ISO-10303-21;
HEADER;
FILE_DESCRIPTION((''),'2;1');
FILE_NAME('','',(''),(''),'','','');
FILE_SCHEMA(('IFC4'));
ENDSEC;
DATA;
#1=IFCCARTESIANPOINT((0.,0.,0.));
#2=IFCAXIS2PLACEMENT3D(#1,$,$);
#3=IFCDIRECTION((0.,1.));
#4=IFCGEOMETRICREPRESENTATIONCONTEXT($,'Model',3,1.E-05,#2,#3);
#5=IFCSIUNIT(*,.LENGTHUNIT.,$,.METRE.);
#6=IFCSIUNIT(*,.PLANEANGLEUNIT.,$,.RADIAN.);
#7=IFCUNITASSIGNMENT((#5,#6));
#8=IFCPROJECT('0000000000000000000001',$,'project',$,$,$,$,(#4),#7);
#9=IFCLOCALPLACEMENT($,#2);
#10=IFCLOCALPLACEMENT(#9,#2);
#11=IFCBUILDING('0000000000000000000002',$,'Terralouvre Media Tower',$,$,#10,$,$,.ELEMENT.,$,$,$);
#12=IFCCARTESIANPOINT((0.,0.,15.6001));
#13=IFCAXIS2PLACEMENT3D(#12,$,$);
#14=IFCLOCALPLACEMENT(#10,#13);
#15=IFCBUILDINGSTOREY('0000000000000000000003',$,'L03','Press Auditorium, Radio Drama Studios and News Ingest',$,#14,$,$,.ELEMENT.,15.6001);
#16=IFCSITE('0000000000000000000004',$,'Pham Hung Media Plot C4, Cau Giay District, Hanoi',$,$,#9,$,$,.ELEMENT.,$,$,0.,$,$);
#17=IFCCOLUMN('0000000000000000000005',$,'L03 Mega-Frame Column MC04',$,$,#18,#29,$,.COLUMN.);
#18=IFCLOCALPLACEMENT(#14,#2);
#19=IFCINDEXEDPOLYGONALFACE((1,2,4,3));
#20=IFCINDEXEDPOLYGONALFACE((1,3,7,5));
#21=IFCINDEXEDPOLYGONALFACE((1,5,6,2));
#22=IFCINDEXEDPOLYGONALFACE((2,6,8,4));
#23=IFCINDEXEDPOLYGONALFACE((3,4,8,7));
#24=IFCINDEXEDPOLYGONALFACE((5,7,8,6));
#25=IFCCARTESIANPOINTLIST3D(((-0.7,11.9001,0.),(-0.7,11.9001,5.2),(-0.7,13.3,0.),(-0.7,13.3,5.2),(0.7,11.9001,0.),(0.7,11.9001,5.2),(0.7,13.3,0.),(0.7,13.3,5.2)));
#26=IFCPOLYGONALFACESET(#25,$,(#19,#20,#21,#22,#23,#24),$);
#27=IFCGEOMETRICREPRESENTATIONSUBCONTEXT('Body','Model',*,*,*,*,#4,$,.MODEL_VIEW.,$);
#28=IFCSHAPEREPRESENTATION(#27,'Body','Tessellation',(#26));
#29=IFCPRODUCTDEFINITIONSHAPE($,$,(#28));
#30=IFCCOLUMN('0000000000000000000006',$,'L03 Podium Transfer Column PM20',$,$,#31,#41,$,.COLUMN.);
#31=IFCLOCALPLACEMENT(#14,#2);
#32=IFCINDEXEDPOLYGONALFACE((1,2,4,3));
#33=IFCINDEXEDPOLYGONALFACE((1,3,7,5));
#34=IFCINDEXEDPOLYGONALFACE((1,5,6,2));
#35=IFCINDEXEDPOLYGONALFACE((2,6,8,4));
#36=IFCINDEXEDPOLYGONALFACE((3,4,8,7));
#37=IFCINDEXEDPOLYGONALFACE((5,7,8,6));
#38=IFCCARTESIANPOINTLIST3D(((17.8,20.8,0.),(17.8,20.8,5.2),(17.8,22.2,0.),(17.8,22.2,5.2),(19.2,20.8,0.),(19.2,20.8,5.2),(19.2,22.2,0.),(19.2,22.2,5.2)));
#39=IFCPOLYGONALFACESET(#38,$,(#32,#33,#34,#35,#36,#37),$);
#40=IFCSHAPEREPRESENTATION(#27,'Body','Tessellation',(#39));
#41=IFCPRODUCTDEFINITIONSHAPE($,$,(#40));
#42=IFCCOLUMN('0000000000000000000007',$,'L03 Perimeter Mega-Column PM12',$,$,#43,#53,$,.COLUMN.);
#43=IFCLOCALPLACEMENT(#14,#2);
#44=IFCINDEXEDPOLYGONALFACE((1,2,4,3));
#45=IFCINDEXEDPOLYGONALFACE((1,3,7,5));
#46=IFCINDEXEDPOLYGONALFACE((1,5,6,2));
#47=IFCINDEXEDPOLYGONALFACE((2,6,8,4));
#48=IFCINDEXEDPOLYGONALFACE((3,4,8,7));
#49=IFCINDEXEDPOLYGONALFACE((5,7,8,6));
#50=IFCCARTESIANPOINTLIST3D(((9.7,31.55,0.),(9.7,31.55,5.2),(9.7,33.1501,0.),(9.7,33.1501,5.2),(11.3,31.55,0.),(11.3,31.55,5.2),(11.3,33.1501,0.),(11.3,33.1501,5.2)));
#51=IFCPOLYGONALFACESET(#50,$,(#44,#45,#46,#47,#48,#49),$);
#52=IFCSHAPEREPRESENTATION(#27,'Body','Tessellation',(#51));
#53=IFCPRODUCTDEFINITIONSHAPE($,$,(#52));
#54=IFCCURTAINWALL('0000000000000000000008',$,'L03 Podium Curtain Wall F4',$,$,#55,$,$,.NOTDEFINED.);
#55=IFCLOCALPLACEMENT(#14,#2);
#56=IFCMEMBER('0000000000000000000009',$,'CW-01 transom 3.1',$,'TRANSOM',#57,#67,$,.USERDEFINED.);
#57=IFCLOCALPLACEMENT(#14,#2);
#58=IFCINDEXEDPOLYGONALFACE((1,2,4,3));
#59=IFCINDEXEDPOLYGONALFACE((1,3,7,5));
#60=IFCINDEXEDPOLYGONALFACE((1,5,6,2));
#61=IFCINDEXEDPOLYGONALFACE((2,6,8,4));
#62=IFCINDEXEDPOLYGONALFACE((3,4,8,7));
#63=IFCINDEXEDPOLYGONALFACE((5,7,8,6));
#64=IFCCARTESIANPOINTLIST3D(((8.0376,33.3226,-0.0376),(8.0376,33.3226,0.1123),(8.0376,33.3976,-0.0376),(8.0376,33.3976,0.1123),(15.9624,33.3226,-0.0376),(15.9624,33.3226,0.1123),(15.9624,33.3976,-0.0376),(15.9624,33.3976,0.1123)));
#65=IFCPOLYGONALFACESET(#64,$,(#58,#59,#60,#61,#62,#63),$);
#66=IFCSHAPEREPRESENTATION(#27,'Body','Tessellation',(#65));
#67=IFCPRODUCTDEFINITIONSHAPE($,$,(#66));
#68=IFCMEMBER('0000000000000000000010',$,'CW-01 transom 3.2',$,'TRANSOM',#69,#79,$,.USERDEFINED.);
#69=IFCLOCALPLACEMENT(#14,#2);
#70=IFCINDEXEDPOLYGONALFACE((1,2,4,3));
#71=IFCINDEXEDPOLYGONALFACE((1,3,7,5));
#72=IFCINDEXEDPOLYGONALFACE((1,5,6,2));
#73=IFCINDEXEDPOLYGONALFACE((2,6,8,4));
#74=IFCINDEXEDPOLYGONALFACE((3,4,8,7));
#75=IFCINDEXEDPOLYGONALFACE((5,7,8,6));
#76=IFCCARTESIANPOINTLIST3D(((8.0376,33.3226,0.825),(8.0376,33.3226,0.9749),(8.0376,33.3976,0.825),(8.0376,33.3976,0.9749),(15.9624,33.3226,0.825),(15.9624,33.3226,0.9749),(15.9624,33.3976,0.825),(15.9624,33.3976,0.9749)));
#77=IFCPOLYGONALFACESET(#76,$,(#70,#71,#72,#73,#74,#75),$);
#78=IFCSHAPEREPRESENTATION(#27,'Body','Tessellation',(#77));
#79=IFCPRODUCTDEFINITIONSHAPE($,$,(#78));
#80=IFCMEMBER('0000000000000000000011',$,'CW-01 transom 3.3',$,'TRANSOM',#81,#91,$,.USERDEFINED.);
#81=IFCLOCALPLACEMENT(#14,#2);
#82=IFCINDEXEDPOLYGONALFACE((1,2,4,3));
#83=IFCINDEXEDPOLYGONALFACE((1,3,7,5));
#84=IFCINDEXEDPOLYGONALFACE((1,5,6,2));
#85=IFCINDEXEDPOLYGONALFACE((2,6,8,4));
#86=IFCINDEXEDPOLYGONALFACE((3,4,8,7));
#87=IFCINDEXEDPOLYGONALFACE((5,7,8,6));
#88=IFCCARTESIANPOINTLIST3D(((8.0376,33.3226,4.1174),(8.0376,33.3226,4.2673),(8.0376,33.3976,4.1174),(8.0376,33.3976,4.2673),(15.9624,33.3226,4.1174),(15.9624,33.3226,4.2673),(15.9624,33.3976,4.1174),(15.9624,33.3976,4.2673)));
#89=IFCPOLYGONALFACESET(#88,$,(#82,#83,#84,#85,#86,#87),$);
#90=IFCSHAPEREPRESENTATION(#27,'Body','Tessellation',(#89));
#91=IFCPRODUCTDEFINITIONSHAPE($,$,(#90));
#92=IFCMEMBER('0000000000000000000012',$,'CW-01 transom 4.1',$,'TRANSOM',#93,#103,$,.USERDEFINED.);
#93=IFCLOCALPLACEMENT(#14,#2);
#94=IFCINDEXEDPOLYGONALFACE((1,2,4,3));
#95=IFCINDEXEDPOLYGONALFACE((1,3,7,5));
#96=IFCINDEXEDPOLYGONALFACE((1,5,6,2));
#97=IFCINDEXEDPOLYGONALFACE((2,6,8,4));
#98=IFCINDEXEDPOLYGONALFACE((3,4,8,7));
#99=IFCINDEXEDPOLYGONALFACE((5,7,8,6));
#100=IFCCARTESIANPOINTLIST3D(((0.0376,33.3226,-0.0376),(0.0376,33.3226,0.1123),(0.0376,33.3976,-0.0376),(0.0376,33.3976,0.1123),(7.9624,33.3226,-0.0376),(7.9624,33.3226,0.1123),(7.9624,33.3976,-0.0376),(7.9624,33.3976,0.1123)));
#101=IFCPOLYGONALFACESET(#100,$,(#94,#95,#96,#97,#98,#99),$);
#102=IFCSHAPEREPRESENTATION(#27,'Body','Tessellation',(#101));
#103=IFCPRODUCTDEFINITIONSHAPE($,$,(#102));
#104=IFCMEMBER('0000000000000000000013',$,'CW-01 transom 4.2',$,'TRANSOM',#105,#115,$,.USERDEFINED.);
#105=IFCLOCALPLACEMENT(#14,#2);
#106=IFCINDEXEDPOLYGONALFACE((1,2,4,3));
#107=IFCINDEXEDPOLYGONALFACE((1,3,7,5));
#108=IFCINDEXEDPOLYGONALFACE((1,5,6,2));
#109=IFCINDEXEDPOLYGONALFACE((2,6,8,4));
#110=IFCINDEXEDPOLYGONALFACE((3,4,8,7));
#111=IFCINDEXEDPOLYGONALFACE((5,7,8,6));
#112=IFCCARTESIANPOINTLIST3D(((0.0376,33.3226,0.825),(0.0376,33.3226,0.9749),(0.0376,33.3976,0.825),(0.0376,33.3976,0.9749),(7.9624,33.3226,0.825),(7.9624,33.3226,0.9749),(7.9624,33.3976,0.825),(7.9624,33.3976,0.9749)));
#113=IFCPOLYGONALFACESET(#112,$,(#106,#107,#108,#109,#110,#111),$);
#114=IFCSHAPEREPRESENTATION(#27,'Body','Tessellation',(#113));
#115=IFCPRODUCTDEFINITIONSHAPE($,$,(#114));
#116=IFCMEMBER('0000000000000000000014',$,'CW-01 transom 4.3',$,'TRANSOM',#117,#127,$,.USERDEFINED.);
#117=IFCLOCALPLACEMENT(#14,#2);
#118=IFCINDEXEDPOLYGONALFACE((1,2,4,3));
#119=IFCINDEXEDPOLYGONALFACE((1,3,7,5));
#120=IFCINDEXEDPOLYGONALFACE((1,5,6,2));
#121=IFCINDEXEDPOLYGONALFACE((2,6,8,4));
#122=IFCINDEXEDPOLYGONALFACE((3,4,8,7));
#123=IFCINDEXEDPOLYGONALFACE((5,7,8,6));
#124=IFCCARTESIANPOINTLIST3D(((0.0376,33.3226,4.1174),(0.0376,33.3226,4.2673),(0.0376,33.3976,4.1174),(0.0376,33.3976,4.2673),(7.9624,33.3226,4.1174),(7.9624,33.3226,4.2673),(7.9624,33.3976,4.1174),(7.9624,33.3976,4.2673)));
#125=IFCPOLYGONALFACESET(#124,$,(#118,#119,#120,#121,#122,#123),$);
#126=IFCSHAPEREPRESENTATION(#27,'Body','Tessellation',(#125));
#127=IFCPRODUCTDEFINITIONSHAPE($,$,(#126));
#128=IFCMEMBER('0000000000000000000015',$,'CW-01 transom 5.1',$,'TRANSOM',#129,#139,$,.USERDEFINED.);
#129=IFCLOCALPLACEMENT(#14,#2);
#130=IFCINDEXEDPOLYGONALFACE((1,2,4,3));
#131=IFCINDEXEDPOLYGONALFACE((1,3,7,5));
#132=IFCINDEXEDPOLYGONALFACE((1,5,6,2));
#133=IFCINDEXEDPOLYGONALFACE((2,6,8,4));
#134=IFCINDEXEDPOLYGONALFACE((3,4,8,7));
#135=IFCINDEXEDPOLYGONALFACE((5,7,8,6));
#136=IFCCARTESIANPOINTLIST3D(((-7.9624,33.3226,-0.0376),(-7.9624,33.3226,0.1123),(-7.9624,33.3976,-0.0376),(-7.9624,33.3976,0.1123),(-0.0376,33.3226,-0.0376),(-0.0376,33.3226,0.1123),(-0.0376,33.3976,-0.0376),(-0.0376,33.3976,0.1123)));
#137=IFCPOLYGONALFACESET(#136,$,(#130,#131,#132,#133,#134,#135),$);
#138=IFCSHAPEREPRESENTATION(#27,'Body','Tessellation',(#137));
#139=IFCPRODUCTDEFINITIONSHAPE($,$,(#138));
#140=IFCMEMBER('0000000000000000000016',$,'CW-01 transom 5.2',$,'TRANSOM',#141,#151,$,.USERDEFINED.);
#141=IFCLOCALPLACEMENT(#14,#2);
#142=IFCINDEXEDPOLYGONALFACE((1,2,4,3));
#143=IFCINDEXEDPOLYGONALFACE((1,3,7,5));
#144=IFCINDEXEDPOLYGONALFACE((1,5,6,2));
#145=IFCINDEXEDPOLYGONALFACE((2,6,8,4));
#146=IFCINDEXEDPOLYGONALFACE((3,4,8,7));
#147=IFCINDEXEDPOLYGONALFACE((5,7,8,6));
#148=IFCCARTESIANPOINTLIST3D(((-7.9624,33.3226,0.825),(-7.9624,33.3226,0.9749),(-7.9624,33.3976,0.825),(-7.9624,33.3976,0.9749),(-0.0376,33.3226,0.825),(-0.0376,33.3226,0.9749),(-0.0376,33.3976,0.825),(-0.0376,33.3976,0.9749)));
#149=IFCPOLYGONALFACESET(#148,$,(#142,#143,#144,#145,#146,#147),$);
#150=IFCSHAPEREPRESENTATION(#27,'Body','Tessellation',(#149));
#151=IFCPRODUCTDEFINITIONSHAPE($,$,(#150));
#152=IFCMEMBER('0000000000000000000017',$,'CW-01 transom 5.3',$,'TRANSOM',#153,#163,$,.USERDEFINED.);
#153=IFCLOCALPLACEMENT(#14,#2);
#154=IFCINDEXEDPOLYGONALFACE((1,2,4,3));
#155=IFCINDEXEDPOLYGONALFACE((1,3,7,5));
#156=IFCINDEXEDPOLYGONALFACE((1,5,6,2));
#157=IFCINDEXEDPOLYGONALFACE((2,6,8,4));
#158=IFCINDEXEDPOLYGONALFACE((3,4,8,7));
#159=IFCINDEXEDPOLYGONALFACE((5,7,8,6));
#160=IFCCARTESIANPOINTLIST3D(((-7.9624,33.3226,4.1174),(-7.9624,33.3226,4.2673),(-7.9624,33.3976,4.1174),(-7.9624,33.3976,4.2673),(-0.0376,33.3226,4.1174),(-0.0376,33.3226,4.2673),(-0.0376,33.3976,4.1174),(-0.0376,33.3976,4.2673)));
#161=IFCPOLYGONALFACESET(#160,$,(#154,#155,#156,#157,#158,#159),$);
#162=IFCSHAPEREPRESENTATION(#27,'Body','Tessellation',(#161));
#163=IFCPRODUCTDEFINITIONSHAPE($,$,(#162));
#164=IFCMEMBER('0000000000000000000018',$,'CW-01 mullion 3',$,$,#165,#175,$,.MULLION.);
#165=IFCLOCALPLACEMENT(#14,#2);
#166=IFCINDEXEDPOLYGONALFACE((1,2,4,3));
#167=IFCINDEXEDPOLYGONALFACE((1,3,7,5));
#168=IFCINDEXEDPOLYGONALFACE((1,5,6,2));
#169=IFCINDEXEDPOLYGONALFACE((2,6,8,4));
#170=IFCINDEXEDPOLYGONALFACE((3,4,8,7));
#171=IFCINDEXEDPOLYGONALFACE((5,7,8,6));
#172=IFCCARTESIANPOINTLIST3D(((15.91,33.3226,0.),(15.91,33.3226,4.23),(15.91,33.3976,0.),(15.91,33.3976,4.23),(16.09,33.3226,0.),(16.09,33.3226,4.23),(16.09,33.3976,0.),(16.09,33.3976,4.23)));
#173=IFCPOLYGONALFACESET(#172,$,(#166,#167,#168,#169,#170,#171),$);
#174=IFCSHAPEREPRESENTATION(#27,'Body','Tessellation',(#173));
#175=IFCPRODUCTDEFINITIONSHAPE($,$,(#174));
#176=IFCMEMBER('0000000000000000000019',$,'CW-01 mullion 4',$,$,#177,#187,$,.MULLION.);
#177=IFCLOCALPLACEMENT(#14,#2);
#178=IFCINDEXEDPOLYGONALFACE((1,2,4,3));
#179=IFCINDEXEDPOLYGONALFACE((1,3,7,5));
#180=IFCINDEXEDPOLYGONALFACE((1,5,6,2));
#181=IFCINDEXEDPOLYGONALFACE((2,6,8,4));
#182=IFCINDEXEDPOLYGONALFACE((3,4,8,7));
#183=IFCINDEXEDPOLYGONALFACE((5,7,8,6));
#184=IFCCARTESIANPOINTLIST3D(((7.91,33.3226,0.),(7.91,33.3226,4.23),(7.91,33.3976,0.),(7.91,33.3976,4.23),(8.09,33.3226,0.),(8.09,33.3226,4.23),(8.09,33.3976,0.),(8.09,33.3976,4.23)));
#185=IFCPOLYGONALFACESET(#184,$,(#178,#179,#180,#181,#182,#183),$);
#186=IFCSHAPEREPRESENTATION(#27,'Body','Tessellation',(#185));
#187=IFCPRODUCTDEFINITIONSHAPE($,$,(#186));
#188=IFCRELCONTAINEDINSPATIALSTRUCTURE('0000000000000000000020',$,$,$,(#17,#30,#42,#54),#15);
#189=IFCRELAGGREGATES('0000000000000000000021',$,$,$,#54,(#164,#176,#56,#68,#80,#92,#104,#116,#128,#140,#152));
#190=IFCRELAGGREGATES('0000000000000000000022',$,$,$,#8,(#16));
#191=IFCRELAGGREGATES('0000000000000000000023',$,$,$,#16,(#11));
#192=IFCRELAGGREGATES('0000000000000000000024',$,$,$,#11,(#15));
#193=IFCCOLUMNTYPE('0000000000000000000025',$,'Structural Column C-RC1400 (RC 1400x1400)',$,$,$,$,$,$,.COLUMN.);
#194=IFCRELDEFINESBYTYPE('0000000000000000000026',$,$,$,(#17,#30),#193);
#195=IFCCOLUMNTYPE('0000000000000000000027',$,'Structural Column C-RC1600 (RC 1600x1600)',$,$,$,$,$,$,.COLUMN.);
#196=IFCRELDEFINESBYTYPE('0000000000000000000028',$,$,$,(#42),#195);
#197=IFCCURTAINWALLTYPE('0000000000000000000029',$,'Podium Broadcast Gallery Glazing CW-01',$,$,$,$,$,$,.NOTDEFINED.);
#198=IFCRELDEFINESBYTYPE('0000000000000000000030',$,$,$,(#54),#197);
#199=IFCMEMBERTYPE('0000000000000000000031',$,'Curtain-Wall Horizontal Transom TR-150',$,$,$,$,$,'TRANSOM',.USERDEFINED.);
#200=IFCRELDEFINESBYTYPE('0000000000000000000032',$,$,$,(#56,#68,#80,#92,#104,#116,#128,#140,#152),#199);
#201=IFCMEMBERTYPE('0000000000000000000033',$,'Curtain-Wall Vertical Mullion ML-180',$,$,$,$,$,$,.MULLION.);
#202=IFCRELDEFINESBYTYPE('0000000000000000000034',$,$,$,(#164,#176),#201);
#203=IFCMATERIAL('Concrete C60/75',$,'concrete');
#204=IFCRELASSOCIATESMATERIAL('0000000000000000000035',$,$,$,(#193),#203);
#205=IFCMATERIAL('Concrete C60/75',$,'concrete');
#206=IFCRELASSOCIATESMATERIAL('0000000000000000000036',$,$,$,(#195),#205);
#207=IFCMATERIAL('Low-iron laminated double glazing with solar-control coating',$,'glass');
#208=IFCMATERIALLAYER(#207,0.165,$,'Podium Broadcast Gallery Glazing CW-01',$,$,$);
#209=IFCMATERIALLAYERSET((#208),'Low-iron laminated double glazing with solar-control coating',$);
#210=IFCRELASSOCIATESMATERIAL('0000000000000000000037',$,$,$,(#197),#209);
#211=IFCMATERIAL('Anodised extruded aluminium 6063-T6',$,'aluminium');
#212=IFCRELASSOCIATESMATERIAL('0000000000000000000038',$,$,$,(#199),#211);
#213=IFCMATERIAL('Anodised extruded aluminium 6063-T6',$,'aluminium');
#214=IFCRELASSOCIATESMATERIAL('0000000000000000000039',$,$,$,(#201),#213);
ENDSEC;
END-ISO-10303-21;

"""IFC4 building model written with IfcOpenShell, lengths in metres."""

from ifc_helpers import new_model, si_unit, direction, frame, origin, origin_2d, place, context, subcontext, project, spatial, rectangle, extrude, material, layer, layer_set, material_profile, profile_set, type_object, element, aggregate, save


model = new_model("IFC4")

# Units and contexts
model_context = context("Model", 3, precision=1e-05, world=origin(), true_north=direction((0.0, 1.0)))
body_context = subcontext(model_context, "Body", "Model", "MODEL_VIEW")
ifc_project = project(units=[si_unit("LENGTHUNIT", "METRE"), si_unit("PLANEANGLEUNIT", "RADIAN")], contexts=[model_context])

# Site, building, storey
site_placement = place(None, origin())
site = spatial("IfcSite", under=ifc_project, at=site_placement, Name="Pham Hung Media Plot C4, Cau Giay District, Hanoi", CompositionType="ELEMENT", RefElevation=0.0)
building_placement = place(site_placement, origin())
building = spatial("IfcBuilding", under=site, at=building_placement, Name="Terralouvre Media Tower", CompositionType="ELEMENT")
storey_placement = place(building_placement, frame((0.0, 0.0, 15.6001)))
storey = spatial("IfcBuildingStorey", under=building, at=storey_placement, Name="L03", Description="Press Auditorium, Radio Drama Studios and News Ingest", CompositionType="ELEMENT", Elevation=15.6001)

# Columns
ifc_material_1 = material(Name="Concrete C60/75", Category="concrete")
ifc_material_profile_1 = material_profile(ifc_material_1, rectangle(XDim=1.3999, YDim=1.3999, at=origin_2d()), Name="RC 1400x1400")
ifc_profile_set_1 = profile_set([ifc_material_profile_1], Name="Concrete C60/75")
column_type_1 = type_object("IfcColumnType", Name="Structural Column C-RC1400 (RC 1400x1400)", PredefinedType="COLUMN", material=ifc_profile_set_1)
for number, where, z_axis, x_axis, name in (
    (1, (0.0, 12.6001, 0.0), (0.0, 0.0, 1.0), (1.0, 0.0, 0.0), "L03 Mega-Frame Column MC04"),
    (2, (18.5, 21.5, 0.0), (0.0, 0.0, 1.0), (1.0, 0.0, 0.0), "L03 Podium Transfer Column PM20"),
):
    element("IfcColumn", number, at=place(storey_placement, frame(where, z_axis=z_axis, x_axis=x_axis)), inside=storey, type_object=column_type_1, Name=name, PredefinedType="COLUMN", context=body_context, shape_type="SweptSolid", body=[
        extrude(rectangle(XDim=1.3999, YDim=1.3999, at=origin_2d()), origin(), (0.0, 0.0, 1.0), 5.2),
    ])
ifc_material_2 = material(Name="Concrete C60/75", Category="concrete")
ifc_material_profile_2 = material_profile(ifc_material_2, rectangle(XDim=1.6001, YDim=1.6001, at=origin_2d()), Name="RC 1600x1600")
ifc_profile_set_2 = profile_set([ifc_material_profile_2], Name="Concrete C60/75")
column_type_2 = type_object("IfcColumnType", Name="Structural Column C-RC1600 (RC 1600x1600)", PredefinedType="COLUMN", material=ifc_profile_set_2)
column_placement = place(storey_placement, frame((10.5, 32.3501, 0.0), z_axis=(0.0, 0.0, 1.0), x_axis=(1.0, 0.0, 0.0)))
element("IfcColumn", 3, at=column_placement, inside=storey, type_object=column_type_2, Name="L03 Perimeter Mega-Column PM12", PredefinedType="COLUMN", context=body_context, shape_type="SweptSolid", body=[
    extrude(rectangle(XDim=1.6001, YDim=1.6001, at=origin_2d()), origin(), (0.0, 0.0, 1.0), 5.2),
])

# Curtain wall, members
ifc_material_3 = material(Name="Low-iron laminated double glazing with solar-control coating", Category="glass")
ifc_layer_1 = layer(ifc_material_3, 0.165, Name="Podium Broadcast Gallery Glazing CW-01")
ifc_layer_set_1 = layer_set([ifc_layer_1], Name="Low-iron laminated double glazing with solar-control coating")
curtain_wall_type = type_object("IfcCurtainWallType", Name="Podium Broadcast Gallery Glazing CW-01", PredefinedType="NOTDEFINED", material=ifc_layer_set_1)
curtain_wall_placement = place(storey_placement, origin())
curtain_wall = element("IfcCurtainWall", 4, at=curtain_wall_placement, inside=storey, type_object=curtain_wall_type, Name="L03 Podium Curtain Wall F4", PredefinedType="NOTDEFINED")
ifc_material_4 = material(Name="Anodised extruded aluminium 6063-T6", Category="aluminium")
ifc_material_profile_3 = material_profile(ifc_material_4, rectangle(XDim=0.075, YDim=0.1499, at=origin_2d()), Name="ALU 75x150")
ifc_profile_set_3 = profile_set([ifc_material_profile_3], Name="Anodised extruded aluminium 6063-T6")
member_type_1 = type_object("IfcMemberType", Name="Curtain-Wall Horizontal Transom TR-150", ElementType="TRANSOM", PredefinedType="USERDEFINED", material=ifc_profile_set_3)
member_1_placement = place(storey_placement, frame((15.9624, 33.3601, 0.0374), z_axis=(-1.0, 0.0, 0.0), x_axis=(0.0, -1.0, 0.0)))
member_1 = element("IfcMember", 5, at=member_1_placement, type_object=member_type_1, Name="CW-01 transom 3.1", ObjectType="TRANSOM", PredefinedType="USERDEFINED", context=body_context, shape_type="SweptSolid", body=[
    extrude(rectangle(XDim=0.075, YDim=0.1499, at=origin_2d()), origin(), (0.0, 0.0, 1.0), 7.9248),
])
member_2_placement = place(storey_placement, frame((15.9624, 33.3601, 0.8999), z_axis=(-1.0, 0.0, 0.0), x_axis=(0.0, -1.0, 0.0)))
member_2 = element("IfcMember", 6, at=member_2_placement, type_object=member_type_1, Name="CW-01 transom 3.2", ObjectType="TRANSOM", PredefinedType="USERDEFINED", context=body_context, shape_type="SweptSolid", body=[
    extrude(rectangle(XDim=0.075, YDim=0.1499, at=origin_2d()), origin(), (0.0, 0.0, 1.0), 7.9248),
])
member_3_placement = place(storey_placement, frame((15.9624, 33.3601, 4.1924), z_axis=(-1.0, 0.0, 0.0), x_axis=(0.0, -1.0, 0.0)))
member_3 = element("IfcMember", 7, at=member_3_placement, type_object=member_type_1, Name="CW-01 transom 3.3", ObjectType="TRANSOM", PredefinedType="USERDEFINED", context=body_context, shape_type="SweptSolid", body=[
    extrude(rectangle(XDim=0.075, YDim=0.1499, at=origin_2d()), origin(), (0.0, 0.0, 1.0), 7.9248),
])
member_4_placement = place(storey_placement, frame((7.9624, 33.3601, 0.0374), z_axis=(-1.0, 0.0, 0.0), x_axis=(0.0, -1.0, 0.0)))
member_4 = element("IfcMember", 8, at=member_4_placement, type_object=member_type_1, Name="CW-01 transom 4.1", ObjectType="TRANSOM", PredefinedType="USERDEFINED", context=body_context, shape_type="SweptSolid", body=[
    extrude(rectangle(XDim=0.075, YDim=0.1499, at=origin_2d()), origin(), (0.0, 0.0, 1.0), 7.9248),
])
member_5_placement = place(storey_placement, frame((7.9624, 33.3601, 0.8999), z_axis=(-1.0, 0.0, 0.0), x_axis=(0.0, -1.0, 0.0)))
member_5 = element("IfcMember", 9, at=member_5_placement, type_object=member_type_1, Name="CW-01 transom 4.2", ObjectType="TRANSOM", PredefinedType="USERDEFINED", context=body_context, shape_type="SweptSolid", body=[
    extrude(rectangle(XDim=0.075, YDim=0.1499, at=origin_2d()), origin(), (0.0, 0.0, 1.0), 7.9248),
])
member_6_placement = place(storey_placement, frame((7.9624, 33.3601, 4.1924), z_axis=(-1.0, 0.0, 0.0), x_axis=(0.0, -1.0, 0.0)))
member_6 = element("IfcMember", 10, at=member_6_placement, type_object=member_type_1, Name="CW-01 transom 4.3", ObjectType="TRANSOM", PredefinedType="USERDEFINED", context=body_context, shape_type="SweptSolid", body=[
    extrude(rectangle(XDim=0.075, YDim=0.1499, at=origin_2d()), origin(), (0.0, 0.0, 1.0), 7.9248),
])
member_7_placement = place(storey_placement, frame((-0.0376, 33.3601, 0.0374), z_axis=(-1.0, 0.0, 0.0), x_axis=(0.0, -1.0, 0.0)))
member_7 = element("IfcMember", 11, at=member_7_placement, type_object=member_type_1, Name="CW-01 transom 5.1", ObjectType="TRANSOM", PredefinedType="USERDEFINED", context=body_context, shape_type="SweptSolid", body=[
    extrude(rectangle(XDim=0.075, YDim=0.1499, at=origin_2d()), origin(), (0.0, 0.0, 1.0), 7.9248),
])
member_8_placement = place(storey_placement, frame((-0.0376, 33.3601, 0.8999), z_axis=(-1.0, 0.0, 0.0), x_axis=(0.0, -1.0, 0.0)))
member_8 = element("IfcMember", 12, at=member_8_placement, type_object=member_type_1, Name="CW-01 transom 5.2", ObjectType="TRANSOM", PredefinedType="USERDEFINED", context=body_context, shape_type="SweptSolid", body=[
    extrude(rectangle(XDim=0.075, YDim=0.1499, at=origin_2d()), origin(), (0.0, 0.0, 1.0), 7.9248),
])
member_9_placement = place(storey_placement, frame((-0.0376, 33.3601, 4.1924), z_axis=(-1.0, 0.0, 0.0), x_axis=(0.0, -1.0, 0.0)))
member_9 = element("IfcMember", 13, at=member_9_placement, type_object=member_type_1, Name="CW-01 transom 5.3", ObjectType="TRANSOM", PredefinedType="USERDEFINED", context=body_context, shape_type="SweptSolid", body=[
    extrude(rectangle(XDim=0.075, YDim=0.1499, at=origin_2d()), origin(), (0.0, 0.0, 1.0), 7.9248),
])
ifc_material_5 = material(Name="Anodised extruded aluminium 6063-T6", Category="aluminium")
ifc_material_profile_4 = material_profile(ifc_material_5, rectangle(XDim=0.075, YDim=0.1799, at=origin_2d()), Name="ALU 75x180")
ifc_profile_set_4 = profile_set([ifc_material_profile_4], Name="Anodised extruded aluminium 6063-T6")
member_type_2 = type_object("IfcMemberType", Name="Curtain-Wall Vertical Mullion ML-180", PredefinedType="MULLION", material=ifc_profile_set_4)
member_10_placement = place(storey_placement, frame((16.0, 33.3601, 0.0), z_axis=(0.0, 0.0, 1.0), x_axis=(0.0, -1.0, 0.0)))
member_10 = element("IfcMember", 14, at=member_10_placement, type_object=member_type_2, Name="CW-01 mullion 3", PredefinedType="MULLION", context=body_context, shape_type="SweptSolid", body=[
    extrude(rectangle(XDim=0.075, YDim=0.1799, at=origin_2d()), origin(), (0.0, 0.0, 1.0), 4.23),
])
member_11_placement = place(storey_placement, frame((8.0, 33.3601, 0.0), z_axis=(0.0, 0.0, 1.0), x_axis=(0.0, -1.0, 0.0)))
member_11 = element("IfcMember", 15, at=member_11_placement, type_object=member_type_2, Name="CW-01 mullion 4", PredefinedType="MULLION", context=body_context, shape_type="SweptSolid", body=[
    extrude(rectangle(XDim=0.075, YDim=0.1799, at=origin_2d()), origin(), (0.0, 0.0, 1.0), 4.23),
])

aggregate(curtain_wall, [member_10, member_11, member_1, member_2, member_3, member_4, member_5, member_6, member_7, member_8, member_9])

save(model, "model.ifc")
